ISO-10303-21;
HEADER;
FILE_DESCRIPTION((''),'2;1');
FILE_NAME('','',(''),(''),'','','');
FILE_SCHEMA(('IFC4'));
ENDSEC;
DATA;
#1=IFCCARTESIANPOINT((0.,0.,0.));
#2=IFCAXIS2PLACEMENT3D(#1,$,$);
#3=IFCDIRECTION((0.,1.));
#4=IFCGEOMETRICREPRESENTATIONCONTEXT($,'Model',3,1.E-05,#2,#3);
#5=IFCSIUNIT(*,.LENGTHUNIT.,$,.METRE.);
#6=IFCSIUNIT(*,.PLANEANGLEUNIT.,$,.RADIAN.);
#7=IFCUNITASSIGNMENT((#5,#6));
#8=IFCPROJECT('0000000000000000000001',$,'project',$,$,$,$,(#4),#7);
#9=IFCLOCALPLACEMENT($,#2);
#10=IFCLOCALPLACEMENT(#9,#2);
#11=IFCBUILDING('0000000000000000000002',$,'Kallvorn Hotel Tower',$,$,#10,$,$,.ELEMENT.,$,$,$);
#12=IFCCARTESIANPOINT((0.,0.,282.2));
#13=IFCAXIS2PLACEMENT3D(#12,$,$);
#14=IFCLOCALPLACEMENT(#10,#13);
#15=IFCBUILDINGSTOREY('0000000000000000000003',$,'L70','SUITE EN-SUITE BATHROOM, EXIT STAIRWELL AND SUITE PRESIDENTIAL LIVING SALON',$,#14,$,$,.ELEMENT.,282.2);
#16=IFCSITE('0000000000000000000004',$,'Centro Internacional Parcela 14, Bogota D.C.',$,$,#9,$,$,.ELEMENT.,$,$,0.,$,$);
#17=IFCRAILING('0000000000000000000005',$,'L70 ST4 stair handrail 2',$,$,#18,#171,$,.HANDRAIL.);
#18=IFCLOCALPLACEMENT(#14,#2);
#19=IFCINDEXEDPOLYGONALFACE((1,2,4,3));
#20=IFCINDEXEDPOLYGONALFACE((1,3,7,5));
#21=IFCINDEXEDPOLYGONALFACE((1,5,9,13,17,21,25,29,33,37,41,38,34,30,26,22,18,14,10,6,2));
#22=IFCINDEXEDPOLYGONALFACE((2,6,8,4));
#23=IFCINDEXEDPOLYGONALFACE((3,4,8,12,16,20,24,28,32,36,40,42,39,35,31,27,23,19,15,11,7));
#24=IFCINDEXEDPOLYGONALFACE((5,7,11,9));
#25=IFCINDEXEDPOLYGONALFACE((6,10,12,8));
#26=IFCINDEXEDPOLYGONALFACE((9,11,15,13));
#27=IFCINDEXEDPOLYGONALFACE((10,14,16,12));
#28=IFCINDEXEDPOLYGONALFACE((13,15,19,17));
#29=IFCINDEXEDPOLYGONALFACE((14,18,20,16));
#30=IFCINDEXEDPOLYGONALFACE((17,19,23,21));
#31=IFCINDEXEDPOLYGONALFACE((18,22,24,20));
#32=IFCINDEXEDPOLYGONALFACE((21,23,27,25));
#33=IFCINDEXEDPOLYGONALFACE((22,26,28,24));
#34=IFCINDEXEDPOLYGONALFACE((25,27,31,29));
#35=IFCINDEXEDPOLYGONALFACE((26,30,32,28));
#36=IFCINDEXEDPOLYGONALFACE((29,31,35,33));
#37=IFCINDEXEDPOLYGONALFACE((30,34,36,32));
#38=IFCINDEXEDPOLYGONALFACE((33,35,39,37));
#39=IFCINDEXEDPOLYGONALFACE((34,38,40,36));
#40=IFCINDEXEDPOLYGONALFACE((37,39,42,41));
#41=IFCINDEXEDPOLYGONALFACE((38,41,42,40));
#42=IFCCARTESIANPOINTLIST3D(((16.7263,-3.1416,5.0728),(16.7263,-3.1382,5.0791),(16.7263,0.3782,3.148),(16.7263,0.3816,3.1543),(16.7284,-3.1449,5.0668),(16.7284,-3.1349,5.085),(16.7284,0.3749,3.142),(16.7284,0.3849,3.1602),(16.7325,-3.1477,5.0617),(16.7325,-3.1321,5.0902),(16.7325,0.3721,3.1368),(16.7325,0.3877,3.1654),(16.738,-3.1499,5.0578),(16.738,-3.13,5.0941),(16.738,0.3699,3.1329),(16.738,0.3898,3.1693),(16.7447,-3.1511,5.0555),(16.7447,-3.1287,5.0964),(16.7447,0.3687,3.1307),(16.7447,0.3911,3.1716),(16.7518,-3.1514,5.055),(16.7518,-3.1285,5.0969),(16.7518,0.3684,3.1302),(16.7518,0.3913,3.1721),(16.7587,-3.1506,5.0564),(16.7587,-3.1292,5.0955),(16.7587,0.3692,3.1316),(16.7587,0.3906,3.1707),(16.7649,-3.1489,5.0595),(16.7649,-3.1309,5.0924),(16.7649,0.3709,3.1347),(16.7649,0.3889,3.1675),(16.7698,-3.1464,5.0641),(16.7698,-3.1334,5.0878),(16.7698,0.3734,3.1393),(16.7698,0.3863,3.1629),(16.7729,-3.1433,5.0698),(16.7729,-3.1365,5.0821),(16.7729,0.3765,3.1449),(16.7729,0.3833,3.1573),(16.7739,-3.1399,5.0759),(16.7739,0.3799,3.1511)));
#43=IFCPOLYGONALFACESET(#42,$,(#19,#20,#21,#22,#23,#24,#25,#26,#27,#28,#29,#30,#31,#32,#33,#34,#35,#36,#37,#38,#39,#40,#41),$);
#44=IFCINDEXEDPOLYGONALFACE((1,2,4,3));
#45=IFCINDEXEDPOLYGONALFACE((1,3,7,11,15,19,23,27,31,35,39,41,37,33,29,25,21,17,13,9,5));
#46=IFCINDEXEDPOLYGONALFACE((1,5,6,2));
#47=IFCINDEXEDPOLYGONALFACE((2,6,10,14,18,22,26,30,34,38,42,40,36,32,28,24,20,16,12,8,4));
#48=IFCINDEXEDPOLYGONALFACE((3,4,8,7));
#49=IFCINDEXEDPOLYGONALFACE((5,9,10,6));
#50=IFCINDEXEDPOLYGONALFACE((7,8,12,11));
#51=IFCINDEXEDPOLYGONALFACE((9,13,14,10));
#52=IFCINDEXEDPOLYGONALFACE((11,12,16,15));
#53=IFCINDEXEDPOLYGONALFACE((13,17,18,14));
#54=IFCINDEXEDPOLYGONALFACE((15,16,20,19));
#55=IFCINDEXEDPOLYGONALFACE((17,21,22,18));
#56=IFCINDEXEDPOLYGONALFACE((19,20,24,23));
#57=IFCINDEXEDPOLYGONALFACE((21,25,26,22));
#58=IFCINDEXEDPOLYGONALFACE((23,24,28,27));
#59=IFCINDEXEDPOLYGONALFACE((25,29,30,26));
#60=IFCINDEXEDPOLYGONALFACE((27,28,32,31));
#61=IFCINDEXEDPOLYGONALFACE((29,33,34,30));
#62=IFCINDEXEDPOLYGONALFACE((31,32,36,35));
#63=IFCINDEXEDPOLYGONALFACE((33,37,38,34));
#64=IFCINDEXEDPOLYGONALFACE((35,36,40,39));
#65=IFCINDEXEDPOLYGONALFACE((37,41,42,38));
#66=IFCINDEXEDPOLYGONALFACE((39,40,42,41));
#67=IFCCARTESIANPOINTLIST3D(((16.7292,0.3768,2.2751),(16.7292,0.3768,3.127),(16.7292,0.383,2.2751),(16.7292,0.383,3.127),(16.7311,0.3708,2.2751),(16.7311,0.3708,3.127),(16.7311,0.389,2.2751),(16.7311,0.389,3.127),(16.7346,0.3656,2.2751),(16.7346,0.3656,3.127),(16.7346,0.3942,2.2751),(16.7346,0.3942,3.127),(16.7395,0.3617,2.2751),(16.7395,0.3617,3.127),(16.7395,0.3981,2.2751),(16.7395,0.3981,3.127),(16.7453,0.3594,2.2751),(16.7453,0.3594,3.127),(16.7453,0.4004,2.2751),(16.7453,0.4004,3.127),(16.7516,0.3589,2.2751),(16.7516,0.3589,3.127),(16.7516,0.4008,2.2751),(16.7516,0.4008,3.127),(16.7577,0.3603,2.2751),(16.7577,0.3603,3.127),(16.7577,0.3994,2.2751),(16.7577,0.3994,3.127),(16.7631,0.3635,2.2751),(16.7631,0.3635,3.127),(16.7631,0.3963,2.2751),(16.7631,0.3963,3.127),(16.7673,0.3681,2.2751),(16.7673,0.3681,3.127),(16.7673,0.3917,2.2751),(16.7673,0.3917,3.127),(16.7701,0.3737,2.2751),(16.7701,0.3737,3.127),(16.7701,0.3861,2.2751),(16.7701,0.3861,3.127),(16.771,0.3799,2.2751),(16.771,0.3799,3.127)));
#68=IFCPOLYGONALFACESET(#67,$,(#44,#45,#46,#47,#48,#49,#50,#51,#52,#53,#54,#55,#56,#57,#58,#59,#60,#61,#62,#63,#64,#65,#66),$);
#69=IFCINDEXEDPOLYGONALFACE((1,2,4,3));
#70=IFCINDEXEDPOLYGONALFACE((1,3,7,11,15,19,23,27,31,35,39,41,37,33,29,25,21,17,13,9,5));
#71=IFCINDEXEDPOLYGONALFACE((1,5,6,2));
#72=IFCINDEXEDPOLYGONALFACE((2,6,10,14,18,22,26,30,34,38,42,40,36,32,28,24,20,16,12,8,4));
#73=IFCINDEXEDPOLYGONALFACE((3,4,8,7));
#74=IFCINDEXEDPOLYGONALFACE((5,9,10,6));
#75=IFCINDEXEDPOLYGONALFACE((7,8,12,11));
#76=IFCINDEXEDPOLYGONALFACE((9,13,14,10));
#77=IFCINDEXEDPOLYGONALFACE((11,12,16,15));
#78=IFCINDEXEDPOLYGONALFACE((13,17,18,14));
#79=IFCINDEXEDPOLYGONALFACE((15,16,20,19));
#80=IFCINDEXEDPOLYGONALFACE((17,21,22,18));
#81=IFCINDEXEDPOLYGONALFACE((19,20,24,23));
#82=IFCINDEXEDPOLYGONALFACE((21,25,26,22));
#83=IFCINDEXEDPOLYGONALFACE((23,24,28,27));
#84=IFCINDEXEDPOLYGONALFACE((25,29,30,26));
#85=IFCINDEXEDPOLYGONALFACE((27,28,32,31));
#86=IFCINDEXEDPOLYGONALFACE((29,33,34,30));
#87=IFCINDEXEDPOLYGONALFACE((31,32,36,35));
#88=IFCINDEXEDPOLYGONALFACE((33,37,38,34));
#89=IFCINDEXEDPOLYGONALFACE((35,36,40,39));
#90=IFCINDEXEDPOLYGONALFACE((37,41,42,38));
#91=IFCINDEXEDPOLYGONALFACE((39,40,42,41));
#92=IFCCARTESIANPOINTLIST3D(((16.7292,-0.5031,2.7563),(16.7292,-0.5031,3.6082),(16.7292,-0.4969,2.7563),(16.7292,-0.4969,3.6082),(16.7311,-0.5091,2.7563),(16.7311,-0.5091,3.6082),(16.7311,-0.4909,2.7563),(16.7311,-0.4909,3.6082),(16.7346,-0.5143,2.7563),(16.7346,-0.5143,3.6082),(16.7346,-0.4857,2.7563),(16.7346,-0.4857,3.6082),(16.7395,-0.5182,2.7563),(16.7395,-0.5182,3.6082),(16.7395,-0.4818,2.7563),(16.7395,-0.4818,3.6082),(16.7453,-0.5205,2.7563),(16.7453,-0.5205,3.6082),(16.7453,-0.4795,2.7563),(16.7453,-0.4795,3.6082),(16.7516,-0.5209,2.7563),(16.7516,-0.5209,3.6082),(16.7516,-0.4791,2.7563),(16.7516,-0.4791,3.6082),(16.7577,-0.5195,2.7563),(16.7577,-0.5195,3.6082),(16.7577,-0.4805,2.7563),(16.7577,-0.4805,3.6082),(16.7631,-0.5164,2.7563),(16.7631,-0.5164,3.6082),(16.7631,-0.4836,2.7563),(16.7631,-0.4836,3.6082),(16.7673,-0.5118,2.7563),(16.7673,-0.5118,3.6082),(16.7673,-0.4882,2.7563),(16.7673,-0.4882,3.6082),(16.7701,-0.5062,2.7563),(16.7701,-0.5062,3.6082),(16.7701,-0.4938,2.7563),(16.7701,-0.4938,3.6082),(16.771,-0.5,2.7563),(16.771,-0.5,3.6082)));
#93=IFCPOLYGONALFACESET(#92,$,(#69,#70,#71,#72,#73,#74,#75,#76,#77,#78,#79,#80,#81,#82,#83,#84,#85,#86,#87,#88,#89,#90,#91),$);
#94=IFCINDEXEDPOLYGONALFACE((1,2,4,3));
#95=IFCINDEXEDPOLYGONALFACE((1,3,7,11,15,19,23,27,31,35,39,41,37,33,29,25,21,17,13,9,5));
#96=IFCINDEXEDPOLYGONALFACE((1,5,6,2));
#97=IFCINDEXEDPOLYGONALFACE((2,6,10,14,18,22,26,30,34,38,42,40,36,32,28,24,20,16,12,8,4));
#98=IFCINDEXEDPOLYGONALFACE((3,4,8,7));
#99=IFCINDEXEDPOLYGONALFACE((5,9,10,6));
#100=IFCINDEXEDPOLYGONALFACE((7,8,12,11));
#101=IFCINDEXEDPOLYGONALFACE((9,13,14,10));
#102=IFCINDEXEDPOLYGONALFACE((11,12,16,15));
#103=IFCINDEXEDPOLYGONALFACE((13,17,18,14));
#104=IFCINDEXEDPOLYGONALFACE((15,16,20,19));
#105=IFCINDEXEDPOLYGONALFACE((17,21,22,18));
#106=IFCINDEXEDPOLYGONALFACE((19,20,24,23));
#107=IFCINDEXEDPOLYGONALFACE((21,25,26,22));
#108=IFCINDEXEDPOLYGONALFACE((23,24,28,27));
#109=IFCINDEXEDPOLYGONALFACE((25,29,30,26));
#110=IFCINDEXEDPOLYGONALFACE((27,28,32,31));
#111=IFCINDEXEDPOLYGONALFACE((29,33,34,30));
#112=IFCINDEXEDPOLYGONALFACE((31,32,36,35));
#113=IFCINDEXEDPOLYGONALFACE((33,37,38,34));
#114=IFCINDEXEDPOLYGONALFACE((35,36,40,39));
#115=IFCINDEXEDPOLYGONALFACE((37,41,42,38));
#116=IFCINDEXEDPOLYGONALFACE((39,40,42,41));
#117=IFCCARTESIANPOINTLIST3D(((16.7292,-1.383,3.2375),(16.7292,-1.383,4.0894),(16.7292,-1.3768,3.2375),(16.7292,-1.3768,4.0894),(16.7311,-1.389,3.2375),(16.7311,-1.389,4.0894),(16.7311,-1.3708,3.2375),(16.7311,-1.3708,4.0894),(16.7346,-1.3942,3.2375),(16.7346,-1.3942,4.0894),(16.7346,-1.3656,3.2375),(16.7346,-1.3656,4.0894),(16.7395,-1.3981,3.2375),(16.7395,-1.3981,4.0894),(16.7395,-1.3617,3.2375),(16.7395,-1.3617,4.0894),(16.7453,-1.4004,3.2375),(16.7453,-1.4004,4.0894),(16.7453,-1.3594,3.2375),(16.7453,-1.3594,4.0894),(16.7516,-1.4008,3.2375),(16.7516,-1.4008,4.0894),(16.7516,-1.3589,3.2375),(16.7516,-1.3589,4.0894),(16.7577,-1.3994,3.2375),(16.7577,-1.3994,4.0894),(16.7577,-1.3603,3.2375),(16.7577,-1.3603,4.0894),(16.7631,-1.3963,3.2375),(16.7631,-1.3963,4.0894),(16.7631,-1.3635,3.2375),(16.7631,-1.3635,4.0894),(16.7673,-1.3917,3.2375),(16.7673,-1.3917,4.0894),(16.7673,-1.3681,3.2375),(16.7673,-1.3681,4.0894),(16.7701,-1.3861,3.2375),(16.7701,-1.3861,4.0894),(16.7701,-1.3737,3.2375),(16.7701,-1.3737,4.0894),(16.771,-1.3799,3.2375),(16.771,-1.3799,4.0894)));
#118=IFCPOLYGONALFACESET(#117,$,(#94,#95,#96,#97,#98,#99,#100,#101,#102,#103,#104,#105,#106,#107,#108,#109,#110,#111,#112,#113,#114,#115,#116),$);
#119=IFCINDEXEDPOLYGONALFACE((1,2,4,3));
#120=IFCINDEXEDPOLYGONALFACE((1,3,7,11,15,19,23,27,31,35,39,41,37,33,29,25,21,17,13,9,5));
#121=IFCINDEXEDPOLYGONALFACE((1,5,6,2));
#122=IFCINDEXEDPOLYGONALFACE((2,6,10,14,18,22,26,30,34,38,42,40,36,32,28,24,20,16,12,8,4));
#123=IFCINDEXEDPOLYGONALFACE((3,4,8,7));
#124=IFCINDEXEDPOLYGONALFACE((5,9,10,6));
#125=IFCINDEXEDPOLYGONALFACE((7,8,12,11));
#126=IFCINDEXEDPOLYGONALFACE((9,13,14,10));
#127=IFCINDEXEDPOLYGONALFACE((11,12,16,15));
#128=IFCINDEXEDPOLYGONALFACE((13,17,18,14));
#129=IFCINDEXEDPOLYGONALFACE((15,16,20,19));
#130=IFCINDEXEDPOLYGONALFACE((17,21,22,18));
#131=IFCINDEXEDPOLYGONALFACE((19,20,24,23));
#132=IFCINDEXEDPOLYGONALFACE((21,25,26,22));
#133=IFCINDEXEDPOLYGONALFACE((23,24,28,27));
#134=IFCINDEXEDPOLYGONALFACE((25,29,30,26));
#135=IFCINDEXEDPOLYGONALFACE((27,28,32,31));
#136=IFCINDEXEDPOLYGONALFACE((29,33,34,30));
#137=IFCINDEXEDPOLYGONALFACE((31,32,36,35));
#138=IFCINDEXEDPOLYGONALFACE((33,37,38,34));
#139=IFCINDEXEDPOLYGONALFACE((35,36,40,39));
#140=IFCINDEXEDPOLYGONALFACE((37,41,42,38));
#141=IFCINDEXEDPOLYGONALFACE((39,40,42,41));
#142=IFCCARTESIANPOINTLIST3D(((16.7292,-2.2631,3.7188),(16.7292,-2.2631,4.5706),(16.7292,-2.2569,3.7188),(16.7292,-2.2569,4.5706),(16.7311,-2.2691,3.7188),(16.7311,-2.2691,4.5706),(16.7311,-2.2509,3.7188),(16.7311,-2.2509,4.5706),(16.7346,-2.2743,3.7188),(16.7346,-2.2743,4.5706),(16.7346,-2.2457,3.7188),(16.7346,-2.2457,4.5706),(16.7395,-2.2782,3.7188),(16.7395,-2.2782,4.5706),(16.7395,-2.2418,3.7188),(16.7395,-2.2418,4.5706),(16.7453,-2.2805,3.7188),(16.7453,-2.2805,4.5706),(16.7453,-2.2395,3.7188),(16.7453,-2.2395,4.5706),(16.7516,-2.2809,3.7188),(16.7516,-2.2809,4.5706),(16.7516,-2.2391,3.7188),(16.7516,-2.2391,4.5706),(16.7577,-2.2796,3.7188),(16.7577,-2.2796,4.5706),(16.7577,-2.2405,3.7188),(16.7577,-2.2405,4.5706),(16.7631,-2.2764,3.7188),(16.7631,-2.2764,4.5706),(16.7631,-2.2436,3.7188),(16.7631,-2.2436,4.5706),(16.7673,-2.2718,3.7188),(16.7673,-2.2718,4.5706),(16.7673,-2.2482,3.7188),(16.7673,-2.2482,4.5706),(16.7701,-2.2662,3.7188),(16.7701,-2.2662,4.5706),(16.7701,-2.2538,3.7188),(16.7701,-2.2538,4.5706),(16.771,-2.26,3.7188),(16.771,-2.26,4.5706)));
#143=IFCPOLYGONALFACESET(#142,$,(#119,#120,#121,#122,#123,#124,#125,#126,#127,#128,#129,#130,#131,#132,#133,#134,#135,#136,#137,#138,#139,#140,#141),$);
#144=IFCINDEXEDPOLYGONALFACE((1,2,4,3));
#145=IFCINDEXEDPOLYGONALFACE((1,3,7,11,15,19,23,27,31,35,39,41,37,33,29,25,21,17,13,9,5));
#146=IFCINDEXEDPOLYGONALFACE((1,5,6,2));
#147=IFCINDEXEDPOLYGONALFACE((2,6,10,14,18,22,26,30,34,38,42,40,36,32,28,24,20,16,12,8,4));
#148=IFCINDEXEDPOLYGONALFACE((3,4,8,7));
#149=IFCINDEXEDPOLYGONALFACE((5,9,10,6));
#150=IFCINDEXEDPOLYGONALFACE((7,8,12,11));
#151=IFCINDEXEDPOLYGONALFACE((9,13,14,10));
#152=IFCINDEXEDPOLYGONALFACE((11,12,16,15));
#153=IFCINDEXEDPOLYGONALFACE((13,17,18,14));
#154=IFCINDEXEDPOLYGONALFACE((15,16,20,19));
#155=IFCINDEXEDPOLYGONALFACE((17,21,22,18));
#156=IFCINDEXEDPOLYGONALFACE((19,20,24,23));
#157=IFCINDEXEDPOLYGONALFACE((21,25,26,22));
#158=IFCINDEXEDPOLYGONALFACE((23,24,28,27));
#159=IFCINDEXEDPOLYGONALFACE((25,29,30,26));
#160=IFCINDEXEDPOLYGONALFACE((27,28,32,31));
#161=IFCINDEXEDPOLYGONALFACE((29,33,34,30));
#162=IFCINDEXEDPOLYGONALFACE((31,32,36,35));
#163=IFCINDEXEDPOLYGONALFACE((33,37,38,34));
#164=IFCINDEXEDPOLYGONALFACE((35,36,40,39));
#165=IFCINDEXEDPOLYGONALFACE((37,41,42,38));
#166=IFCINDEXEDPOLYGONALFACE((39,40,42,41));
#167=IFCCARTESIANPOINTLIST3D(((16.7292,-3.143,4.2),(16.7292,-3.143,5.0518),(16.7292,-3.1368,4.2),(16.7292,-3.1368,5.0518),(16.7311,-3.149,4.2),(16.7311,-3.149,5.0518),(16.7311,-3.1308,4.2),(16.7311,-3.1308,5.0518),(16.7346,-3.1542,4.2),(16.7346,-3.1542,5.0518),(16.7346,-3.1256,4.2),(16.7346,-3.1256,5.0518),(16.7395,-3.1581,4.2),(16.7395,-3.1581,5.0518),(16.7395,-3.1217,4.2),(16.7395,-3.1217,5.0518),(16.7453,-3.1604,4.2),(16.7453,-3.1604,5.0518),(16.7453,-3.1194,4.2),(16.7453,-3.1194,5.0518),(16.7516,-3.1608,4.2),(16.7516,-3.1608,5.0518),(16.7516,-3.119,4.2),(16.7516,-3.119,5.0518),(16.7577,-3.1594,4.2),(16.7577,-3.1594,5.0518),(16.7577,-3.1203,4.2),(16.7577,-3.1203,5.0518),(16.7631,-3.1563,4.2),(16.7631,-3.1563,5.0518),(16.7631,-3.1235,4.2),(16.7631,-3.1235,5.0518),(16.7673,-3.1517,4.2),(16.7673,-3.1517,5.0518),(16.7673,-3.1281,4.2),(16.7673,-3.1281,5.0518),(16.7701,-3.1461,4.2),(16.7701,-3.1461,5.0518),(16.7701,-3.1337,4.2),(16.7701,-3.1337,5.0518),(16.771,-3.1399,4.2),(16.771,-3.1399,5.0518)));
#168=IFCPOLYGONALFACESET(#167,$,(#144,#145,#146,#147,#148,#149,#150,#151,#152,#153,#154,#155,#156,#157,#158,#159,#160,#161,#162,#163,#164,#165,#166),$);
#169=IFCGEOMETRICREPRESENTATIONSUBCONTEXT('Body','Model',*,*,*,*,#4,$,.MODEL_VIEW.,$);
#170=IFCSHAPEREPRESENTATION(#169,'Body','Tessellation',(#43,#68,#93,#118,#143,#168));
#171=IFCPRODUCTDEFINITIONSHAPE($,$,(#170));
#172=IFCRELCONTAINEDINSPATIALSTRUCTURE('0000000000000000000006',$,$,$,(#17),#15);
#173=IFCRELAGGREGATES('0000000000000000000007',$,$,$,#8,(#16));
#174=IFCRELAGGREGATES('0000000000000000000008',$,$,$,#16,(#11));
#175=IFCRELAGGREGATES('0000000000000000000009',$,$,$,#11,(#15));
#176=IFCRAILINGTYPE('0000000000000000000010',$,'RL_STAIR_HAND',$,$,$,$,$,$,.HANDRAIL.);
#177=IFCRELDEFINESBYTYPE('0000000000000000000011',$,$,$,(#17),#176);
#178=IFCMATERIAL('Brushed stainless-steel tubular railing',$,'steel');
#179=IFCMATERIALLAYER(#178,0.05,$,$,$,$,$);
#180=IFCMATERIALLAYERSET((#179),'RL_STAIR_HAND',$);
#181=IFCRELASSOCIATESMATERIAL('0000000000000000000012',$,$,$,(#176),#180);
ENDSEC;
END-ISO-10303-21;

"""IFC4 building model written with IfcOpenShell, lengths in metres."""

from ifc_helpers import new_model, si_unit, direction, frame, origin, origin_2d, place, context, subcontext, project, spatial, circle, extrude, material, layer, layer_set, type_object, element, save


model = new_model("IFC4")

# Units and contexts
model_context = context("Model", 3, precision=1e-05, world=origin(), true_north=direction((0.0, 1.0)))
body_context = subcontext(model_context, "Body", "Model", "MODEL_VIEW")
ifc_project = project(units=[si_unit("LENGTHUNIT", "METRE"), si_unit("PLANEANGLEUNIT", "RADIAN")], contexts=[model_context])

# Site, building, storey
site_placement = place(None, origin())
site = spatial("IfcSite", under=ifc_project, at=site_placement, Name="Centro Internacional Parcela 14, Bogota D.C.", CompositionType="ELEMENT", RefElevation=0.0)
building_placement = place(site_placement, origin())
building = spatial("IfcBuilding", under=site, at=building_placement, Name="Kallvorn Hotel Tower", CompositionType="ELEMENT")
storey_placement = place(building_placement, frame((0.0, 0.0, 282.2)))
storey = spatial("IfcBuildingStorey", under=building, at=storey_placement, Name="L70", Description="SUITE EN-SUITE BATHROOM, EXIT STAIRWELL AND SUITE PRESIDENTIAL LIVING SALON", CompositionType="ELEMENT", Elevation=282.2)

# Railing
ifc_material_1 = material(Name="Brushed stainless-steel tubular railing", Category="steel")
ifc_layer_1 = layer(ifc_material_1, 0.05)
ifc_layer_set_1 = layer_set([ifc_layer_1], Name="RL_STAIR_HAND")
railing_type_1 = type_object("IfcRailingType", Name="RL_STAIR_HAND", PredefinedType="HANDRAIL", material=ifc_layer_set_1)
railing_1_placement = place(storey_placement, frame((16.75, 0.3799, 2.2751)))
element("IfcRailing", 1, at=railing_1_placement, inside=storey, type_object=railing_type_1, Name="L70 ST4 stair handrail 2", PredefinedType="HANDRAIL", context=body_context, shape_type="SweptSolid", body=[
    extrude(circle(Radius=0.0239, at=origin_2d()), frame((0.0, 0.0, 0.876), z_axis=(0.0, -0.877379, 0.479798), x_axis=(1.0, 0.0, 0.0)), (0.0, 0.0, 1.0), 4.0117),
    extrude(circle(Radius=0.021, at=origin_2d()), origin(), (0.0, 0.0, 1.0), 0.8518),
    extrude(circle(Radius=0.021, at=origin_2d()), frame((0.0, -0.8799, 0.4812)), (0.0, 0.0, 1.0), 0.8518),
    extrude(circle(Radius=0.021, at=origin_2d()), frame((0.0, -1.7598, 0.9624)), (0.0, 0.0, 1.0), 0.8518),
    extrude(circle(Radius=0.021, at=origin_2d()), frame((0.0, -2.6399, 1.4436)), (0.0, 0.0, 1.0), 0.8518),
    extrude(circle(Radius=0.021, at=origin_2d()), frame((0.0, -3.5198, 1.9248)), (0.0, 0.0, 1.0), 0.8518),
])

save(model, "model.ifc")
